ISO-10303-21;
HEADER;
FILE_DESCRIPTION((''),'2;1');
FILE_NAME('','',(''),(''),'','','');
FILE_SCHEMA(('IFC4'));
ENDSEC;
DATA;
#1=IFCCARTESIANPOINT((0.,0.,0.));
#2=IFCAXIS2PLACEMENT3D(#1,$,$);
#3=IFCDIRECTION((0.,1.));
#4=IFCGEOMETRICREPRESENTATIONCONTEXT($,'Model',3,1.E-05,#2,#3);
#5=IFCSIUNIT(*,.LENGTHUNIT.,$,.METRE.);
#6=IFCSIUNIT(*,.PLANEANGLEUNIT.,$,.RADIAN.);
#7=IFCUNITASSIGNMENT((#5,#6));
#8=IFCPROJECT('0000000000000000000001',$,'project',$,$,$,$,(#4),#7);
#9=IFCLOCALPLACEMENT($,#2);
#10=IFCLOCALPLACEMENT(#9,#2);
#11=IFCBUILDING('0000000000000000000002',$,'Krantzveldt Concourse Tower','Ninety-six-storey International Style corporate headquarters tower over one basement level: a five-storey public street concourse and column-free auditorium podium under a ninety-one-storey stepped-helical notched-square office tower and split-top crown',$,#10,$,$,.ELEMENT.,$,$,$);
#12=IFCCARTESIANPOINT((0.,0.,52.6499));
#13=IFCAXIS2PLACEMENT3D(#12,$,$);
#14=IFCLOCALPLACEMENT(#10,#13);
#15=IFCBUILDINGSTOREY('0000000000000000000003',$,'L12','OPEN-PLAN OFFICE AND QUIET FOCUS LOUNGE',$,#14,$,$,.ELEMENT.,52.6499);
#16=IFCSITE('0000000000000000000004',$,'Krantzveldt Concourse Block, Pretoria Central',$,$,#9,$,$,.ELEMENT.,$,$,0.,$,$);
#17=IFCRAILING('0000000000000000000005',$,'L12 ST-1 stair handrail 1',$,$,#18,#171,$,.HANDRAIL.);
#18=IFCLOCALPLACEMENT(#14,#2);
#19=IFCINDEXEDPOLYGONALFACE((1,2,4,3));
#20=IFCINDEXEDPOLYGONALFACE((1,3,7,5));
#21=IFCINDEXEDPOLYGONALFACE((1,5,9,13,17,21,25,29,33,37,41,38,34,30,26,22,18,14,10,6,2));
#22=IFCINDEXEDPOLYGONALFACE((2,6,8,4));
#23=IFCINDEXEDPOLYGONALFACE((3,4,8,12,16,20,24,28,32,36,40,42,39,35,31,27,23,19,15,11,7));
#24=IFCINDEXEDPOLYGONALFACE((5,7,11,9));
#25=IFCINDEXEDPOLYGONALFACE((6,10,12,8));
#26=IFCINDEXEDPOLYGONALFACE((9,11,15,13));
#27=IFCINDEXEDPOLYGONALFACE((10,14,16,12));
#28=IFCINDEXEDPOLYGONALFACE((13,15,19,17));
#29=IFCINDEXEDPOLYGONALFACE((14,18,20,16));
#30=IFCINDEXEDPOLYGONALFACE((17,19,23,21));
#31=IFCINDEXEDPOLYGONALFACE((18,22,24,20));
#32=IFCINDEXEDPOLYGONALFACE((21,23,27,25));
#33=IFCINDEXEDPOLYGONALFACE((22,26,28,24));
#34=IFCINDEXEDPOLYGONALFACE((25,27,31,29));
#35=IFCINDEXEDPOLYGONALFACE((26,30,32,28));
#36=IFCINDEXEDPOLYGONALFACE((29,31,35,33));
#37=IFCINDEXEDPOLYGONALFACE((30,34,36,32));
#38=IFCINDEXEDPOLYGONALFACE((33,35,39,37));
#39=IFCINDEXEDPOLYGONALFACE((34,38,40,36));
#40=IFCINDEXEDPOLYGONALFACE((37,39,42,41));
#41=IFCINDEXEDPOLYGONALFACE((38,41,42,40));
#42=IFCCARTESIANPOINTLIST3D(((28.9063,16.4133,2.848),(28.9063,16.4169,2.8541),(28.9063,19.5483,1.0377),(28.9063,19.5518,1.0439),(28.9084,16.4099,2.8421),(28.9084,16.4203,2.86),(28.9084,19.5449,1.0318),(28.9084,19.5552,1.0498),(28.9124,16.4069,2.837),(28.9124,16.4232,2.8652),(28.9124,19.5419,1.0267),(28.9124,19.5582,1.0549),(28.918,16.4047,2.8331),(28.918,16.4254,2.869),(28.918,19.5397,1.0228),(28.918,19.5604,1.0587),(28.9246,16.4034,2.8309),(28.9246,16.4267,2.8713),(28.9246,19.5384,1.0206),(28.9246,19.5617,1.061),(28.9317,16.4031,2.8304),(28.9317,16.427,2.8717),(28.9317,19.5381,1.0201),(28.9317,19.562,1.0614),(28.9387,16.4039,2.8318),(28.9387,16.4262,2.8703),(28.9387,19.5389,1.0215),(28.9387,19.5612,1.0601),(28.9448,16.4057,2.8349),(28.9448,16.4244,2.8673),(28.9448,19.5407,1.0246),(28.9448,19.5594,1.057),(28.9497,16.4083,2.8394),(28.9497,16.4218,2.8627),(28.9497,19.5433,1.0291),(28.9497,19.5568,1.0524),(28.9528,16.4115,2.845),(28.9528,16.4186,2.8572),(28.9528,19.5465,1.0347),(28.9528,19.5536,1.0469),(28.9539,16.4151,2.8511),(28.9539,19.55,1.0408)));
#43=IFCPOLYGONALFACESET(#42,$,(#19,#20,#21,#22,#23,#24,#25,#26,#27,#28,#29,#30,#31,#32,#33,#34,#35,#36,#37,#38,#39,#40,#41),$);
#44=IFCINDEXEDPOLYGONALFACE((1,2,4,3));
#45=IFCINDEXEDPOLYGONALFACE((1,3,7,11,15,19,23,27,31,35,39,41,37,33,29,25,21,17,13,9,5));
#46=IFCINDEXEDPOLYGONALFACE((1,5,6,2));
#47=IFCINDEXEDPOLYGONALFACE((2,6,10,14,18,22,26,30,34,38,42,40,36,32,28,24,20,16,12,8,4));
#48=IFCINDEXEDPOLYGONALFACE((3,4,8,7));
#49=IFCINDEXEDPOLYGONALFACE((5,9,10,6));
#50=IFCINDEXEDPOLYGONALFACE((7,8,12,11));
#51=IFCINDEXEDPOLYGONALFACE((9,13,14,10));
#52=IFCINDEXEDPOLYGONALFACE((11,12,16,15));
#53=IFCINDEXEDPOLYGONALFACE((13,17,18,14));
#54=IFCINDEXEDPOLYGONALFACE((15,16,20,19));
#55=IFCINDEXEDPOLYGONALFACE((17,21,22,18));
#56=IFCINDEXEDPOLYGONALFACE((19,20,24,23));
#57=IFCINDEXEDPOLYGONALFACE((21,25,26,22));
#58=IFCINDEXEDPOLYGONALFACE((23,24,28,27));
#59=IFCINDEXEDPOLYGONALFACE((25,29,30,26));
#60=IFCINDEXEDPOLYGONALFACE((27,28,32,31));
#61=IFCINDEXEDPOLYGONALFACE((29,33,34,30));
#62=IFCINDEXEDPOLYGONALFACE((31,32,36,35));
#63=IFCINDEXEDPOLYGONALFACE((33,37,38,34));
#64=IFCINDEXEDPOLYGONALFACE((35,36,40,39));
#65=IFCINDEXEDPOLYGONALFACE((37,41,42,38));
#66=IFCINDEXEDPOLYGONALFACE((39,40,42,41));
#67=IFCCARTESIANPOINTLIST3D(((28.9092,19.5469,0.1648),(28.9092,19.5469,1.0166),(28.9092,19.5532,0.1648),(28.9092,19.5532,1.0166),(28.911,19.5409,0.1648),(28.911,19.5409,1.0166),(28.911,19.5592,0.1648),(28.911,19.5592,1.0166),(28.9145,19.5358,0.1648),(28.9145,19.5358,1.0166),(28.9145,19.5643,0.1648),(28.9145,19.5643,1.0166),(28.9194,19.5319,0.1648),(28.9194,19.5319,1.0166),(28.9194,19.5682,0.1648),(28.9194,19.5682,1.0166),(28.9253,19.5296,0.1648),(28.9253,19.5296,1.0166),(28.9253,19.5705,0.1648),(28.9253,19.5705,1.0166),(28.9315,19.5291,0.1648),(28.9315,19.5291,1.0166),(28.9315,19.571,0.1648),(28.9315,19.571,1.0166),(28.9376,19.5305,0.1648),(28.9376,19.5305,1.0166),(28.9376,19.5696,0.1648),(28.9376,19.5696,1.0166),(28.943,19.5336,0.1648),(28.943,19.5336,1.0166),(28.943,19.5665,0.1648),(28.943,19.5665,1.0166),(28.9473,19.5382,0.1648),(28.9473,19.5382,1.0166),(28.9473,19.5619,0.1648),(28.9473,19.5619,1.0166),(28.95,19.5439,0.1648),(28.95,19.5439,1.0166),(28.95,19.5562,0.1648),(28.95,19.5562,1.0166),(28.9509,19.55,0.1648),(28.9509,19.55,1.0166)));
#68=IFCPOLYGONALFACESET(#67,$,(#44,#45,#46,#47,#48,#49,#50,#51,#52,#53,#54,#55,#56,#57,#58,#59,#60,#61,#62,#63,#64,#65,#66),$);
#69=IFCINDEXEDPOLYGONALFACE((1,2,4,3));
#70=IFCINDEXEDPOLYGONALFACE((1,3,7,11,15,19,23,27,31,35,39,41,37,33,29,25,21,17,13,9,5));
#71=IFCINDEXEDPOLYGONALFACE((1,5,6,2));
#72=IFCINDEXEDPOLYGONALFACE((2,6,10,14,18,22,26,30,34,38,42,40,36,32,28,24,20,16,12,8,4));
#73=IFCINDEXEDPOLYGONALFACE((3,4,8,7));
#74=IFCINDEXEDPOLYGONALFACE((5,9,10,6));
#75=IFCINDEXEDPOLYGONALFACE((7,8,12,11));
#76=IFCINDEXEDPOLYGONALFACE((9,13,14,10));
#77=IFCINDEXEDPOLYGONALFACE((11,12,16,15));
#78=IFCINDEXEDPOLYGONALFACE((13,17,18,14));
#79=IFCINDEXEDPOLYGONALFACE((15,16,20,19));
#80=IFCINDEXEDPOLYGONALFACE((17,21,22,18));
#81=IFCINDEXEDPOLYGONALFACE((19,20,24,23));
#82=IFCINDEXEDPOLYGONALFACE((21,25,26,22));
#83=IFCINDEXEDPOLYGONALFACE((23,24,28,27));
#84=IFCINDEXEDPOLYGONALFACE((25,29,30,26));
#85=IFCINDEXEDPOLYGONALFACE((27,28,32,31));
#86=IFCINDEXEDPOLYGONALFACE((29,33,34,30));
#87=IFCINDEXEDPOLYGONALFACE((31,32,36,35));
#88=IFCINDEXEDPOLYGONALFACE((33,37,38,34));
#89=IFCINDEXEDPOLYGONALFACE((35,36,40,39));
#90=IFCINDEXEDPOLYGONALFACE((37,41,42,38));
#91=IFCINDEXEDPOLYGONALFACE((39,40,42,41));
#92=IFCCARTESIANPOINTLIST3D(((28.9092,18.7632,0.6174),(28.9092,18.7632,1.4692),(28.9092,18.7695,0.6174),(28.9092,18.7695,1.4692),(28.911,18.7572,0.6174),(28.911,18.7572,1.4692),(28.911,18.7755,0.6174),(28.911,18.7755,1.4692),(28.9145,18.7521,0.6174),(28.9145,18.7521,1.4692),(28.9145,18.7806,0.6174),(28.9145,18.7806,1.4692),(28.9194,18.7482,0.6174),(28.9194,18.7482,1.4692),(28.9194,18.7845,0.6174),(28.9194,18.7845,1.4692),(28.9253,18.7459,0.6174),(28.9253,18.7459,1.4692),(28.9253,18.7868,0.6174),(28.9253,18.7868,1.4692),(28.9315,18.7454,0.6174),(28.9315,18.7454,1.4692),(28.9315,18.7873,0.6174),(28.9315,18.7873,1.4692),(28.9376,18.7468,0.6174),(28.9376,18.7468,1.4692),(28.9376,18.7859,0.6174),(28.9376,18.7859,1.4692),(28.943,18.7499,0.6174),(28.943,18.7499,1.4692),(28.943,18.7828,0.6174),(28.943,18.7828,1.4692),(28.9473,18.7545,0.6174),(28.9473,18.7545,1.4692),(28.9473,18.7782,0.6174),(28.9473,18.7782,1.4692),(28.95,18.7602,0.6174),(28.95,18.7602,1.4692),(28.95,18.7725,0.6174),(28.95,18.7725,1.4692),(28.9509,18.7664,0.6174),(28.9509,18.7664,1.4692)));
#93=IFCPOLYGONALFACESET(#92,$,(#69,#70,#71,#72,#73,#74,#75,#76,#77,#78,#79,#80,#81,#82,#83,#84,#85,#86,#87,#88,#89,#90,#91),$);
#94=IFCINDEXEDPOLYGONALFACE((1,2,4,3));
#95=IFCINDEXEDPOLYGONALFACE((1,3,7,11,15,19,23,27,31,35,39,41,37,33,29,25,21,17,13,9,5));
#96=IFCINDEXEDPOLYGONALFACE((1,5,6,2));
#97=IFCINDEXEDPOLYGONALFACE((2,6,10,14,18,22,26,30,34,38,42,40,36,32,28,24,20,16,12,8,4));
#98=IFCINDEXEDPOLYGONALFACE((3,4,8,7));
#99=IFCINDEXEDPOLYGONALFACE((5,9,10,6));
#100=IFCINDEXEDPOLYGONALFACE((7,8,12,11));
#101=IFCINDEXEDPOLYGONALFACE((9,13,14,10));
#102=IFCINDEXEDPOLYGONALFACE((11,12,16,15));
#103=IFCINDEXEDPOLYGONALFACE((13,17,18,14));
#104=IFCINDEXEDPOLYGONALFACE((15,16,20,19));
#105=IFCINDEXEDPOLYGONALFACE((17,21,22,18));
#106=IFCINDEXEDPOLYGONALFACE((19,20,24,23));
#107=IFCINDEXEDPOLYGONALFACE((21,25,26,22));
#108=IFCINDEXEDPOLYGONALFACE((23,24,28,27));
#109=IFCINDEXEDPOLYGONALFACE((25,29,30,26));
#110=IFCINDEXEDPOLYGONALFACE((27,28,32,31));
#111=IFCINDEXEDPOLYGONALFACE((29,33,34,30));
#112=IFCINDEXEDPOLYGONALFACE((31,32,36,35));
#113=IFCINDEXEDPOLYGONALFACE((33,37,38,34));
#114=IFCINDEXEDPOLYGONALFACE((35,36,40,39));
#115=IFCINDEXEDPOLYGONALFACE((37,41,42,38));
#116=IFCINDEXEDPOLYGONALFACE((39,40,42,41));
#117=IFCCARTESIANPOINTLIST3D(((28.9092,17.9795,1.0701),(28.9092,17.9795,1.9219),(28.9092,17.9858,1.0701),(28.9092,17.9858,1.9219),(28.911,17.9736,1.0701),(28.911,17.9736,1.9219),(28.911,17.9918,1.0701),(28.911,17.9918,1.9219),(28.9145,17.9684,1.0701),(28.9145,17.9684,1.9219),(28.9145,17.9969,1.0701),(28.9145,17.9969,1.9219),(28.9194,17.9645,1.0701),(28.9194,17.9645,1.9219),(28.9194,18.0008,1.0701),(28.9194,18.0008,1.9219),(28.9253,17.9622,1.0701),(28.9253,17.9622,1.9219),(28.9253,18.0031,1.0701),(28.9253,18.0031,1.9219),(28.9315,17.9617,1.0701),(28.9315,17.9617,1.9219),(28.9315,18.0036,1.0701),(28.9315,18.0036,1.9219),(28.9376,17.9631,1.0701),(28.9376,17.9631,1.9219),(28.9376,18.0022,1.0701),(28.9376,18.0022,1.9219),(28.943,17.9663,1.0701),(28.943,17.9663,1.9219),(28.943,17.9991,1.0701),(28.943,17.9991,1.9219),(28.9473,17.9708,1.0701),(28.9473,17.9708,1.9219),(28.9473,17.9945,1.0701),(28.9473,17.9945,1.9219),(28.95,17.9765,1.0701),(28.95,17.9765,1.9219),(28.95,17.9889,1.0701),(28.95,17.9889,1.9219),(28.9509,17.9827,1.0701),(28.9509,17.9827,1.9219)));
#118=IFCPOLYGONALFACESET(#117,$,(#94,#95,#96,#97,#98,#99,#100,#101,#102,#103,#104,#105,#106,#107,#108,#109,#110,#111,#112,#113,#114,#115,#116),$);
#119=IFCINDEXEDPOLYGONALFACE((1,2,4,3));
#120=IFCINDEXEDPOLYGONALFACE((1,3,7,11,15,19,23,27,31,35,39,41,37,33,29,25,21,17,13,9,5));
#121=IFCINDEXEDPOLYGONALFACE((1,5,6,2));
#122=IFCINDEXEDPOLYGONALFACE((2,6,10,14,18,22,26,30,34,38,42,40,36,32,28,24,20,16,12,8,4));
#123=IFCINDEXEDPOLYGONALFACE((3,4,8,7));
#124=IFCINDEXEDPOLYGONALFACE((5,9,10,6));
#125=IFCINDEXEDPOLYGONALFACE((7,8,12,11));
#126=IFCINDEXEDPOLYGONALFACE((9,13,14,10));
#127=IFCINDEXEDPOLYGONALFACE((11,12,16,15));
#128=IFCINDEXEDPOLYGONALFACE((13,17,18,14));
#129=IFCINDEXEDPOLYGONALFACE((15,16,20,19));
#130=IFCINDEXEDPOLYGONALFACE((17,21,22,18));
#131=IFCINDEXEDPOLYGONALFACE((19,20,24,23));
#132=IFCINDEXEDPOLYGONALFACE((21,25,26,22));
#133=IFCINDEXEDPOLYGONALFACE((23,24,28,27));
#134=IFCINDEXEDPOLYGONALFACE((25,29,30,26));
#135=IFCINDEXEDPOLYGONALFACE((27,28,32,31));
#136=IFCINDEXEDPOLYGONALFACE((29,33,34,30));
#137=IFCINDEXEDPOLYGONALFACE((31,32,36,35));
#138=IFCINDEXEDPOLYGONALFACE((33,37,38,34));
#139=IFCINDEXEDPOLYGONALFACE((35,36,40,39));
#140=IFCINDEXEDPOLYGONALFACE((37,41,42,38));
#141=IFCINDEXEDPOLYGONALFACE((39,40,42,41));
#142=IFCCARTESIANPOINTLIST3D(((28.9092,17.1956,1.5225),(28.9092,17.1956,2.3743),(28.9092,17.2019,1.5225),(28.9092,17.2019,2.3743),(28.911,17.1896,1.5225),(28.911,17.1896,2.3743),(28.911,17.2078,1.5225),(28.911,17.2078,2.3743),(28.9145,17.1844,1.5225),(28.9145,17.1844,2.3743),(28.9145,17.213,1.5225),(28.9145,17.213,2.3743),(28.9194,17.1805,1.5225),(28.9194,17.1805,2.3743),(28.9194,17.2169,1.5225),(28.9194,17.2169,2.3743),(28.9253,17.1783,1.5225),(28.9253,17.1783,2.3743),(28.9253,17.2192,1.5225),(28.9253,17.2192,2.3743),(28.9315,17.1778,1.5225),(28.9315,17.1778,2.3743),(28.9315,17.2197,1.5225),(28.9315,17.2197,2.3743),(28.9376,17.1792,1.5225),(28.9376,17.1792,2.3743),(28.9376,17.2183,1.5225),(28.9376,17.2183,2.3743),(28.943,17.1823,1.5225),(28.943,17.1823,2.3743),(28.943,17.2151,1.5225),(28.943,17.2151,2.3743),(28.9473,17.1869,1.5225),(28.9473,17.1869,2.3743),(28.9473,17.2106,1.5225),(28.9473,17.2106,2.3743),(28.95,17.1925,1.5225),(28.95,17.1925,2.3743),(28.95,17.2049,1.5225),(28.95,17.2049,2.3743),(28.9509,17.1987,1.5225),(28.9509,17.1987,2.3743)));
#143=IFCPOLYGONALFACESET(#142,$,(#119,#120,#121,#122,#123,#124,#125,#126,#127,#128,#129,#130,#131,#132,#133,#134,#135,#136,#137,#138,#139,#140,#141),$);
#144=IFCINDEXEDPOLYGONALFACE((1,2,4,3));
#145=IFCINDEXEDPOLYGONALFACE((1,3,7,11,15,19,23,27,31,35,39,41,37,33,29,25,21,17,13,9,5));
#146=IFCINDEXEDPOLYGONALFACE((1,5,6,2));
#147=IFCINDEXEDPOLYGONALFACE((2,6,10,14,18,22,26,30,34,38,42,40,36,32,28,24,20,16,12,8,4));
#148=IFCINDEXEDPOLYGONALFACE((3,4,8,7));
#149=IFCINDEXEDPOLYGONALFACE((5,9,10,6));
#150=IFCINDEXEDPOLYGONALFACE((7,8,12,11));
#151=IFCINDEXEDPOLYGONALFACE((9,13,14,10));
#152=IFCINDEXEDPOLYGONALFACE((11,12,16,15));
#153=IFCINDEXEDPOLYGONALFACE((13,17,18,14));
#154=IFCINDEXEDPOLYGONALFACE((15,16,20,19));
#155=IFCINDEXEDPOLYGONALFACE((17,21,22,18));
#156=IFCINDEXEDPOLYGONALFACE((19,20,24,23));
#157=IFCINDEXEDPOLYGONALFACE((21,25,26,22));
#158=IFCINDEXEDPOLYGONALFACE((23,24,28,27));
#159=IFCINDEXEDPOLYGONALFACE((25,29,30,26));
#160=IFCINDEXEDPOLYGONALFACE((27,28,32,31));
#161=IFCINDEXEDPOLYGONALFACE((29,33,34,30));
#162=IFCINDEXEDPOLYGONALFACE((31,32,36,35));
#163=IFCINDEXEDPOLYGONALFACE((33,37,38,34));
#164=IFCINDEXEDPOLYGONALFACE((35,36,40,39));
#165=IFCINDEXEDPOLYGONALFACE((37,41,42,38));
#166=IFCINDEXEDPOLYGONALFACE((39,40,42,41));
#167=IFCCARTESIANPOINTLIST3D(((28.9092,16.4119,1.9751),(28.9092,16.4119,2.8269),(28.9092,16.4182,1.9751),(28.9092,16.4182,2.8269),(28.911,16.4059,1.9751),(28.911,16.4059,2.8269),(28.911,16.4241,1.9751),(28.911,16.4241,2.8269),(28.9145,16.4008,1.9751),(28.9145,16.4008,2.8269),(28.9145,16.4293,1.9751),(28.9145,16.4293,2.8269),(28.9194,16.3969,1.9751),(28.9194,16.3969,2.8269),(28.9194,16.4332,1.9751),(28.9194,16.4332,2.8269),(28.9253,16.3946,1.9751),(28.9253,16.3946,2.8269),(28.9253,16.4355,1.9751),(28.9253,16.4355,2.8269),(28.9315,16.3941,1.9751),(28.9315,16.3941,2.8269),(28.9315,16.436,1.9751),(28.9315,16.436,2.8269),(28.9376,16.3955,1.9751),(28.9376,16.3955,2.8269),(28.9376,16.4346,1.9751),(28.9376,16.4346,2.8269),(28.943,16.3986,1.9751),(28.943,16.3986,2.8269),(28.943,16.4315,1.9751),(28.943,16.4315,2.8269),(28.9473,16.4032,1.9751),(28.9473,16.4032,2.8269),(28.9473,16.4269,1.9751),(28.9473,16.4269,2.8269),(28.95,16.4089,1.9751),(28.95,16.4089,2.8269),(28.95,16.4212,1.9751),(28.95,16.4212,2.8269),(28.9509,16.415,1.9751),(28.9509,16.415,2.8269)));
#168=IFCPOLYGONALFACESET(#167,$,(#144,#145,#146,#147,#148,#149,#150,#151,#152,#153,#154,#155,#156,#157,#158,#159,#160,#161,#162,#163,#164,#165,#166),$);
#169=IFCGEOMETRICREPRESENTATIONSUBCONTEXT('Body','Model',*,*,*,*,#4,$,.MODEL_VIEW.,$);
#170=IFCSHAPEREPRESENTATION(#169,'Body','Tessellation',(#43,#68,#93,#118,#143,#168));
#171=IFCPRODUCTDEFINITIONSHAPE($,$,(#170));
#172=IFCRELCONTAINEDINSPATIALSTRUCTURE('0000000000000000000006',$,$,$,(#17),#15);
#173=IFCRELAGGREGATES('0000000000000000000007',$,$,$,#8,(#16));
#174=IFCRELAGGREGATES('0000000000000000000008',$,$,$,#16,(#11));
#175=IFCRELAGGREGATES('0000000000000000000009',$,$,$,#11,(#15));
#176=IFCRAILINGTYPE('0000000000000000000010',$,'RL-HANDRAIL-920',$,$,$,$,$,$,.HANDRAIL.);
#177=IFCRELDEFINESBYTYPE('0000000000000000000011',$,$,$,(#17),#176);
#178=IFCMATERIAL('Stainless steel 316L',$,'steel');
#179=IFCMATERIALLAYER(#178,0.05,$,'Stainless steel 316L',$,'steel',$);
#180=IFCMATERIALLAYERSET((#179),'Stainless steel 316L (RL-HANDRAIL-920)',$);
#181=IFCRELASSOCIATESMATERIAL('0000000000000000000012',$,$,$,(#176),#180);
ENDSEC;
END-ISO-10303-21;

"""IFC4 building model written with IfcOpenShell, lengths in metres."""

from ifc_helpers import new_model, si_unit, direction, frame, origin, origin_2d, place, context, subcontext, project, spatial, circle, extrude, material, layer, layer_set, type_object, element, save


model = new_model("IFC4")

# Units and contexts
model_context = context("Model", 3, precision=1e-05, world=origin(), true_north=direction((0.0, 1.0)))
body_context = subcontext(model_context, "Body", "Model", "MODEL_VIEW")
ifc_project = project(units=[si_unit("LENGTHUNIT", "METRE"), si_unit("PLANEANGLEUNIT", "RADIAN")], contexts=[model_context])

# Site, building, storey
site_placement = place(None, origin())
site = spatial("IfcSite", under=ifc_project, at=site_placement, Name="Krantzveldt Concourse Block, Pretoria Central", CompositionType="ELEMENT", RefElevation=0.0)
building_placement = place(site_placement, origin())
building = spatial("IfcBuilding", under=site, at=building_placement, Name="Krantzveldt Concourse Tower", Description="Ninety-six-storey International Style corporate headquarters tower over one basement level: a five-storey public street concourse and column-free auditorium podium under a ninety-one-storey stepped-helical notched-square office tower and split-top crown", CompositionType="ELEMENT")
storey_placement = place(building_placement, frame((0.0, 0.0, 52.6499)))
storey = spatial("IfcBuildingStorey", under=building, at=storey_placement, Name="L12", Description="OPEN-PLAN OFFICE AND QUIET FOCUS LOUNGE", CompositionType="ELEMENT", Elevation=52.6499)

# Railing
ifc_material_1 = material(Name="Stainless steel 316L", Category="steel")
ifc_layer_1 = layer(ifc_material_1, 0.05, Name="Stainless steel 316L", Category="steel")
ifc_layer_set_1 = layer_set([ifc_layer_1], Name="Stainless steel 316L (RL-HANDRAIL-920)")
railing_type_1 = type_object("IfcRailingType", Name="RL-HANDRAIL-920", PredefinedType="HANDRAIL", material=ifc_layer_set_1)
railing_1_placement = place(storey_placement, frame((28.9299, 19.55, 0.1648)))
element("IfcRailing", 1, at=railing_1_placement, inside=storey, type_object=railing_type_1, Name="L12 ST-1 stair handrail 1", PredefinedType="HANDRAIL", context=body_context, shape_type="SweptSolid", body=[
    extrude(circle(Radius=0.0239, at=origin_2d()), frame((0.0, 0.0, 0.876), z_axis=(0.0, -0.865989, 0.500063), x_axis=(1.0, 0.0, 0.0)), (0.0, 0.0, 1.0), 3.6201),
    extrude(circle(Radius=0.021, at=origin_2d()), origin(), (0.0, 0.0, 1.0), 0.8518),
    extrude(circle(Radius=0.021, at=origin_2d()), frame((0.0, -0.7837, 0.4526)), (0.0, 0.0, 1.0), 0.8518),
    extrude(circle(Radius=0.021, at=origin_2d()), frame((0.0, -1.5674, 0.9053)), (0.0, 0.0, 1.0), 0.8518),
    extrude(circle(Radius=0.021, at=origin_2d()), frame((0.0, -2.3513, 1.3577)), (0.0, 0.0, 1.0), 0.8518),
    extrude(circle(Radius=0.021, at=origin_2d()), frame((0.0, -3.135, 1.8103)), (0.0, 0.0, 1.0), 0.8518),
])

save(model, "model.ifc")
